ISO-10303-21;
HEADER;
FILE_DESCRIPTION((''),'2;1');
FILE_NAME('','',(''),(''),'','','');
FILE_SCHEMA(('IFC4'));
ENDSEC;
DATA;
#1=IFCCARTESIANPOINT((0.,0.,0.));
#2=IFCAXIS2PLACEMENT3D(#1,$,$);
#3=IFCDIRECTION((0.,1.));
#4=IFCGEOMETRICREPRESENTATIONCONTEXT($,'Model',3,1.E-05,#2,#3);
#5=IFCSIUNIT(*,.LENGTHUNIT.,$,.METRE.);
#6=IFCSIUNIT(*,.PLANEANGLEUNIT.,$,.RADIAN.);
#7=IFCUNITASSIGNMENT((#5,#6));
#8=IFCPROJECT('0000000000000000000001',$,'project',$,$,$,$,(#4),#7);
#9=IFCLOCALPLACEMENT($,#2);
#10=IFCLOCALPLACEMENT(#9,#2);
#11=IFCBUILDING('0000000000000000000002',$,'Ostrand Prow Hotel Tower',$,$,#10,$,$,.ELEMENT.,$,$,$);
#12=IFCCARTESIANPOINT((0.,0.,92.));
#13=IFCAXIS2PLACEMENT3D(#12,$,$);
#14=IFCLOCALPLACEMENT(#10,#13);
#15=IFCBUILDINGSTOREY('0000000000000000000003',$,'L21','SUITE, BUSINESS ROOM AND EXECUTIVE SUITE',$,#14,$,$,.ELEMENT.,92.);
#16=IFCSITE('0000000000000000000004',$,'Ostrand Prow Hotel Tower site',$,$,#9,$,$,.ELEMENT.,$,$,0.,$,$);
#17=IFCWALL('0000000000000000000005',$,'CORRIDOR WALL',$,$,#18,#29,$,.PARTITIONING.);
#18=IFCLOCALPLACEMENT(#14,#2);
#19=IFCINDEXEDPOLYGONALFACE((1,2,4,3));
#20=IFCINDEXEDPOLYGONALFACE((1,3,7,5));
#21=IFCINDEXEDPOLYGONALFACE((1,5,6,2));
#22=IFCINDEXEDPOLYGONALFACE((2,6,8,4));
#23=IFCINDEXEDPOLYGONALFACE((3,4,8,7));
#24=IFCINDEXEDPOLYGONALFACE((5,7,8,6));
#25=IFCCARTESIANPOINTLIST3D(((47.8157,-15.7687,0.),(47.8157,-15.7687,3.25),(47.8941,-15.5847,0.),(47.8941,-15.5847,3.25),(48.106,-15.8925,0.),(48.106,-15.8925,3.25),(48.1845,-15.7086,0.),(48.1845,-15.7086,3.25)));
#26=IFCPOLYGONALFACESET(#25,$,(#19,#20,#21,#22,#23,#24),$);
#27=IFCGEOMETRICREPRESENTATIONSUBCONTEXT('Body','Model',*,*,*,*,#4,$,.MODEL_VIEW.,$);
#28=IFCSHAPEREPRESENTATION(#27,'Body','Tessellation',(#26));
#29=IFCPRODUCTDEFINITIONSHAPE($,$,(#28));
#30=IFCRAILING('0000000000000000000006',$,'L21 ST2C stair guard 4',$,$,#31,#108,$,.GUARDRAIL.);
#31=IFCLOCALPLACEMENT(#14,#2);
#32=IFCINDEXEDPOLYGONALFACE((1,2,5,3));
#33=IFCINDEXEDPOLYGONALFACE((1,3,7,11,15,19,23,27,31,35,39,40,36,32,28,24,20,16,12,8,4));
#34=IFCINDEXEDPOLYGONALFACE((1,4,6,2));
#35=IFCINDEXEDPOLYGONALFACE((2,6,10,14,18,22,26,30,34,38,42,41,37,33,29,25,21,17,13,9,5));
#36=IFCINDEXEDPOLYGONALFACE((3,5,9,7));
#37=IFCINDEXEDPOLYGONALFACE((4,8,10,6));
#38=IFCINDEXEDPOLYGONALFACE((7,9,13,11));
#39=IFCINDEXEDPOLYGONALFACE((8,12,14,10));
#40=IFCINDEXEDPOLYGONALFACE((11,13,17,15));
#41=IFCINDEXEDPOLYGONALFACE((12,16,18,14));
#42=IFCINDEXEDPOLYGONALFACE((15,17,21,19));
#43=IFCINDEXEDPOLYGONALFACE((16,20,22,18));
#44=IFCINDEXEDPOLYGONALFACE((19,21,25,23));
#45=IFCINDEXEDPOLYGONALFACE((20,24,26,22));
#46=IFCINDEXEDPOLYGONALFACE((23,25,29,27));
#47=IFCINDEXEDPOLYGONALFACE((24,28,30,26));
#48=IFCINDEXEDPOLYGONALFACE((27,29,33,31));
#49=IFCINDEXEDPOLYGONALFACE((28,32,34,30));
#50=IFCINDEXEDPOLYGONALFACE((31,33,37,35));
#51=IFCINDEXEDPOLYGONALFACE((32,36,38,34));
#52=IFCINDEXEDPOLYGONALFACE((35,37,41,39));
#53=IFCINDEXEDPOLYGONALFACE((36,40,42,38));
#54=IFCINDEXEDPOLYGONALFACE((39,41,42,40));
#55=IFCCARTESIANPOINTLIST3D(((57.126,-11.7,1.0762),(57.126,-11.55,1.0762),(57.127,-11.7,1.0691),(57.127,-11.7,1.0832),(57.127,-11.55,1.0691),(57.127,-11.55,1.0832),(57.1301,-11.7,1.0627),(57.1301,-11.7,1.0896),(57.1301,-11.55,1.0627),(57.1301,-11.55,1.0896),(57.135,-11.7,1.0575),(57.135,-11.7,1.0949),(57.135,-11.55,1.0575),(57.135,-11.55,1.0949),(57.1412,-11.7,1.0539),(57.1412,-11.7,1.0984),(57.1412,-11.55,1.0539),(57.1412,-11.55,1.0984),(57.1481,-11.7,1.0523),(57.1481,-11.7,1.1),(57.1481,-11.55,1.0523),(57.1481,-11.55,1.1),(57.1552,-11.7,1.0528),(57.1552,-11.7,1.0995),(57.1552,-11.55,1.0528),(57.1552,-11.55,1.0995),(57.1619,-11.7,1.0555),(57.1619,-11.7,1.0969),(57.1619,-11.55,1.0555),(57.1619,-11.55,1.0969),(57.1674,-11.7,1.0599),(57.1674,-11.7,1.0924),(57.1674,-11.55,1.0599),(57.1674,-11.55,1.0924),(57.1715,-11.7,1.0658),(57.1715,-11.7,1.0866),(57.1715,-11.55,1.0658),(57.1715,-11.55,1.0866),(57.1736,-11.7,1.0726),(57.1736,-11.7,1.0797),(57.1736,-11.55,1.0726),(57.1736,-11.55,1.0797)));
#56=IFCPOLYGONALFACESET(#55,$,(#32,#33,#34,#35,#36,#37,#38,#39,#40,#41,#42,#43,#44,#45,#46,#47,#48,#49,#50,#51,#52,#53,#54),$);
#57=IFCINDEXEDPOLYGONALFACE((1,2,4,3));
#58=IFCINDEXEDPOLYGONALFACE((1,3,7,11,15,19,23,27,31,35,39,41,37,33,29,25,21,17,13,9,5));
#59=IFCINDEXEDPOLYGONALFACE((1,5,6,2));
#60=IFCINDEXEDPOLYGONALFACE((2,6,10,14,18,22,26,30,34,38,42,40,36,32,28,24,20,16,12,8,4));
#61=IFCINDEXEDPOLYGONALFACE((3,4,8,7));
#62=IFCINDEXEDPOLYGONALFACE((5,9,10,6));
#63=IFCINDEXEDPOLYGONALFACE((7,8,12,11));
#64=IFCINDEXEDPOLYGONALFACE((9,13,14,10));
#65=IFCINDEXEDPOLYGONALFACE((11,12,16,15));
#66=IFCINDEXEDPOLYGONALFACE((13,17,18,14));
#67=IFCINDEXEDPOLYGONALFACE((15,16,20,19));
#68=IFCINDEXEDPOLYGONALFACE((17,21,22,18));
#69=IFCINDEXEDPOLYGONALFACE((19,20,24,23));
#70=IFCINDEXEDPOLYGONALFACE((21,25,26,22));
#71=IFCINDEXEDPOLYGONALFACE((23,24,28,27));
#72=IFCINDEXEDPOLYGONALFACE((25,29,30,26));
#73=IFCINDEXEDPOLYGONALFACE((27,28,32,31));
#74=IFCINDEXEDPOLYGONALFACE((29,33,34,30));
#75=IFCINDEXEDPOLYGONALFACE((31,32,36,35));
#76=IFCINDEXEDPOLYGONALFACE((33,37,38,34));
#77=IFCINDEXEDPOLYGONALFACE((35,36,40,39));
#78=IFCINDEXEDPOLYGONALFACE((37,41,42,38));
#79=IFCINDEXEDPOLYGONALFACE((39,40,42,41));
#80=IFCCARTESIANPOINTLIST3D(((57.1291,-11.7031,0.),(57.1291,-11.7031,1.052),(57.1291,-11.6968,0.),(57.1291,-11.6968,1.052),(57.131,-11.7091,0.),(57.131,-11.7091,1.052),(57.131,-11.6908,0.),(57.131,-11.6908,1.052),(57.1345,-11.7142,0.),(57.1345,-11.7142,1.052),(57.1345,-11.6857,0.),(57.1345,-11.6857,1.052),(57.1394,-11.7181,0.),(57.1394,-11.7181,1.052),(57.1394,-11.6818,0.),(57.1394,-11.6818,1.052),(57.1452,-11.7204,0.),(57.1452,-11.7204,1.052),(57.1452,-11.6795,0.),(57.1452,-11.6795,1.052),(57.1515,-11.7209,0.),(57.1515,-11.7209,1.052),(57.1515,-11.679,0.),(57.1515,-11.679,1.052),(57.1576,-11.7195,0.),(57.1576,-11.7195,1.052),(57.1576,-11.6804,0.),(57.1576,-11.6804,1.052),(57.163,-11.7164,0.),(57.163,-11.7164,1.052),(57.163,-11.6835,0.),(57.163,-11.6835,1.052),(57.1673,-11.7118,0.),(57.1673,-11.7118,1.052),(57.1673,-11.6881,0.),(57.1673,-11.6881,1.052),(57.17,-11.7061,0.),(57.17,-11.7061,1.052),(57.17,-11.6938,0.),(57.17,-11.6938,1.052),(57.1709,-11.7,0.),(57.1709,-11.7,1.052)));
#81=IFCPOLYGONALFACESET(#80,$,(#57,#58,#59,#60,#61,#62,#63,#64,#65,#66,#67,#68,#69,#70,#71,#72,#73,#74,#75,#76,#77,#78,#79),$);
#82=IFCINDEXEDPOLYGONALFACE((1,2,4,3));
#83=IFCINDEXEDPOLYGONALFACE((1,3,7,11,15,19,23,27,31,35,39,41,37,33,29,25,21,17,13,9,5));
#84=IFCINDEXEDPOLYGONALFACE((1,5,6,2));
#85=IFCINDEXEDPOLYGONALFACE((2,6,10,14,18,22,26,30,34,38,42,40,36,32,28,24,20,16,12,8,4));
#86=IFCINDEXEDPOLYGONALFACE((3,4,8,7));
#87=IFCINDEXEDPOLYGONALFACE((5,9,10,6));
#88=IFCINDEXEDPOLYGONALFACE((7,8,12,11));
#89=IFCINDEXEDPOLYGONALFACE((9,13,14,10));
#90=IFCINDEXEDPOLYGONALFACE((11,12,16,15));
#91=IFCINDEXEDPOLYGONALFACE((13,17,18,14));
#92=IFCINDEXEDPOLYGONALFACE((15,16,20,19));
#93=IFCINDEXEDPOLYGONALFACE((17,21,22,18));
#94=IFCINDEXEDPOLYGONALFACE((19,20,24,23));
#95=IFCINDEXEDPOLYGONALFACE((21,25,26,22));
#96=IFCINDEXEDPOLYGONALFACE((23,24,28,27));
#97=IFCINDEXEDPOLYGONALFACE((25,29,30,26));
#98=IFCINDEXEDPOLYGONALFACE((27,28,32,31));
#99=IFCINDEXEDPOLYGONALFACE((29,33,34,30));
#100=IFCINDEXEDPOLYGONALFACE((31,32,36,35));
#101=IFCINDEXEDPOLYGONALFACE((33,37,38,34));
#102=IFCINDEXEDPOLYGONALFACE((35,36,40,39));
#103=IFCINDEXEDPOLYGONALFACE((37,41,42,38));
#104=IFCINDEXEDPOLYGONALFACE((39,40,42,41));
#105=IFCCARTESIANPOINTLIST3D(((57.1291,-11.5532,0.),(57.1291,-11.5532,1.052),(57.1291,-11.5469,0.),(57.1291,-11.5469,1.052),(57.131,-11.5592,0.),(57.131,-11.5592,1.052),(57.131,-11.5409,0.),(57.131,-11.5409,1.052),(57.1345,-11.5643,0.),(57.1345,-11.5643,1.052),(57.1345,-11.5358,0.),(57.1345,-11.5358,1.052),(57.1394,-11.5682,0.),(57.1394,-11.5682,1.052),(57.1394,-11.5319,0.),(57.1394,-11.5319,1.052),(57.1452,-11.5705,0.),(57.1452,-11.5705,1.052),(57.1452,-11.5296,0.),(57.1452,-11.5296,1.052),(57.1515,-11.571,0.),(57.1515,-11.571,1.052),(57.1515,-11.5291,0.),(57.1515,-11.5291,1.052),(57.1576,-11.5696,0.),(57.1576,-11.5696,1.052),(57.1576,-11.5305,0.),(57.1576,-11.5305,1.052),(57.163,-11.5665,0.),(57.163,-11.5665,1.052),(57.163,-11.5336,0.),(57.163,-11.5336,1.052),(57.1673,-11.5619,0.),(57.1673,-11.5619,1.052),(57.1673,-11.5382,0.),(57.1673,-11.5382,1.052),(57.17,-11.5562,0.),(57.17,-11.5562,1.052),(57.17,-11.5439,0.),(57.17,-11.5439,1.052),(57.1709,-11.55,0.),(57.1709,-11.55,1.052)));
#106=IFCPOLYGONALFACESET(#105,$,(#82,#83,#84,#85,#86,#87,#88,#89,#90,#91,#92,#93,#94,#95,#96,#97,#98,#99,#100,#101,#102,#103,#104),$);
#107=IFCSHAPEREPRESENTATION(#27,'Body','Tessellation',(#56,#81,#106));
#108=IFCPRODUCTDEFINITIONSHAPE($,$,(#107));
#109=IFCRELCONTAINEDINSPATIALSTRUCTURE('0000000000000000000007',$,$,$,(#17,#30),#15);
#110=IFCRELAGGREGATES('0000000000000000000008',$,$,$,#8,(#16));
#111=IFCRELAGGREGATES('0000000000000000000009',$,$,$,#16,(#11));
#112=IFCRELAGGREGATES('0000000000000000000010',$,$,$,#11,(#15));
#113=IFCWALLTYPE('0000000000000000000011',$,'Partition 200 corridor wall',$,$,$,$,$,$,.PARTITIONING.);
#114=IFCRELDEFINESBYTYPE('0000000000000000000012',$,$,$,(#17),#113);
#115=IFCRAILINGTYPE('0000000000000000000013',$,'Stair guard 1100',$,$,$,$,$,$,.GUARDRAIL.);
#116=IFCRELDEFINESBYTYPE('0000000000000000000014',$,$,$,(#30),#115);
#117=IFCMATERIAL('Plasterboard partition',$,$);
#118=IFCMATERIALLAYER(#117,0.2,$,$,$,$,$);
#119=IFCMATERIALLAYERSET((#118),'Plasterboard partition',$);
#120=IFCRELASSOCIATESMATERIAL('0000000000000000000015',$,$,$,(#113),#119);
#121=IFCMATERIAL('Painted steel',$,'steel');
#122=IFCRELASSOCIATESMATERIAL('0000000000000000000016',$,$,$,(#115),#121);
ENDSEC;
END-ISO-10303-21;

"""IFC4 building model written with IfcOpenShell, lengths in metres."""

from ifc_helpers import new_model, si_unit, direction, frame, frame_2d, origin, origin_2d, place, context, subcontext, project, spatial, rectangle, circle, extrude, material, layer, layer_set, type_object, element, save


model = new_model("IFC4")

# Units and contexts
model_context = context("Model", 3, precision=1e-05, world=origin(), true_north=direction((0.0, 1.0)))
body_context = subcontext(model_context, "Body", "Model", "MODEL_VIEW")
ifc_project = project(units=[si_unit("LENGTHUNIT", "METRE"), si_unit("PLANEANGLEUNIT", "RADIAN")], contexts=[model_context])

# Site, building, storey
site_placement = place(None, origin())
site = spatial("IfcSite", under=ifc_project, at=site_placement, Name="Ostrand Prow Hotel Tower site", CompositionType="ELEMENT", RefElevation=0.0)
building_placement = place(site_placement, origin())
building = spatial("IfcBuilding", under=site, at=building_placement, Name="Ostrand Prow Hotel Tower", CompositionType="ELEMENT")
storey_placement = place(building_placement, frame((0.0, 0.0, 92.0)))
storey = spatial("IfcBuildingStorey", under=building, at=storey_placement, Name="L21", Description="SUITE, BUSINESS ROOM AND EXECUTIVE SUITE", CompositionType="ELEMENT", Elevation=92.0)

# Shared definitions
ifc_material_1 = material(Name="Plasterboard partition")
ifc_layer_1 = layer(ifc_material_1, 0.2)
ifc_layer_set_1 = layer_set([ifc_layer_1], Name="Plasterboard partition")
wall_type_1 = type_object("IfcWallType", Name="Partition 200 corridor wall", PredefinedType="PARTITIONING", material=ifc_layer_set_1)

# Wall
wall_1_placement = place(storey_placement, frame((47.855, -15.6768, 0.0), z_axis=(0.0, 0.0, 1.0), x_axis=(0.919864, -0.392238, 0.0)))
element("IfcWall", 1, at=wall_1_placement, inside=storey, type_object=wall_type_1, Name="CORRIDOR WALL", PredefinedType="PARTITIONING", context=body_context, shape_type="SweptSolid", body=[
    extrude(rectangle(XDim=0.3157, YDim=0.2, at=frame_2d((0.1577, 0.0))), origin(), (0.0, 0.0, 1.0), 3.25),
])

# Railing
ifc_material_2 = material(Name="Painted steel", Category="steel")
railing_type = type_object("IfcRailingType", Name="Stair guard 1100", PredefinedType="GUARDRAIL", material=ifc_material_2)
railing_placement = place(storey_placement, frame((57.1499, -11.7, 0.0)))
element("IfcRailing", 2, at=railing_placement, inside=storey, type_object=railing_type, Name="L21 ST2C stair guard 4", PredefinedType="GUARDRAIL", context=body_context, shape_type="SweptSolid", body=[
    extrude(circle(Radius=0.0239, at=origin_2d()), frame((0.0, 0.0, 1.0762), z_axis=(0.0, 1.0, 0.0), x_axis=(-1.0, 0.0, 0.0)), (0.0, 0.0, 1.0), 0.1499),
    extrude(circle(Radius=0.021, at=origin_2d()), origin(), (0.0, 0.0, 1.0), 1.052),
    extrude(circle(Radius=0.021, at=origin_2d()), frame((0.0, 0.1499, 0.0)), (0.0, 0.0, 1.0), 1.052),
])

save(model, "model.ifc")
